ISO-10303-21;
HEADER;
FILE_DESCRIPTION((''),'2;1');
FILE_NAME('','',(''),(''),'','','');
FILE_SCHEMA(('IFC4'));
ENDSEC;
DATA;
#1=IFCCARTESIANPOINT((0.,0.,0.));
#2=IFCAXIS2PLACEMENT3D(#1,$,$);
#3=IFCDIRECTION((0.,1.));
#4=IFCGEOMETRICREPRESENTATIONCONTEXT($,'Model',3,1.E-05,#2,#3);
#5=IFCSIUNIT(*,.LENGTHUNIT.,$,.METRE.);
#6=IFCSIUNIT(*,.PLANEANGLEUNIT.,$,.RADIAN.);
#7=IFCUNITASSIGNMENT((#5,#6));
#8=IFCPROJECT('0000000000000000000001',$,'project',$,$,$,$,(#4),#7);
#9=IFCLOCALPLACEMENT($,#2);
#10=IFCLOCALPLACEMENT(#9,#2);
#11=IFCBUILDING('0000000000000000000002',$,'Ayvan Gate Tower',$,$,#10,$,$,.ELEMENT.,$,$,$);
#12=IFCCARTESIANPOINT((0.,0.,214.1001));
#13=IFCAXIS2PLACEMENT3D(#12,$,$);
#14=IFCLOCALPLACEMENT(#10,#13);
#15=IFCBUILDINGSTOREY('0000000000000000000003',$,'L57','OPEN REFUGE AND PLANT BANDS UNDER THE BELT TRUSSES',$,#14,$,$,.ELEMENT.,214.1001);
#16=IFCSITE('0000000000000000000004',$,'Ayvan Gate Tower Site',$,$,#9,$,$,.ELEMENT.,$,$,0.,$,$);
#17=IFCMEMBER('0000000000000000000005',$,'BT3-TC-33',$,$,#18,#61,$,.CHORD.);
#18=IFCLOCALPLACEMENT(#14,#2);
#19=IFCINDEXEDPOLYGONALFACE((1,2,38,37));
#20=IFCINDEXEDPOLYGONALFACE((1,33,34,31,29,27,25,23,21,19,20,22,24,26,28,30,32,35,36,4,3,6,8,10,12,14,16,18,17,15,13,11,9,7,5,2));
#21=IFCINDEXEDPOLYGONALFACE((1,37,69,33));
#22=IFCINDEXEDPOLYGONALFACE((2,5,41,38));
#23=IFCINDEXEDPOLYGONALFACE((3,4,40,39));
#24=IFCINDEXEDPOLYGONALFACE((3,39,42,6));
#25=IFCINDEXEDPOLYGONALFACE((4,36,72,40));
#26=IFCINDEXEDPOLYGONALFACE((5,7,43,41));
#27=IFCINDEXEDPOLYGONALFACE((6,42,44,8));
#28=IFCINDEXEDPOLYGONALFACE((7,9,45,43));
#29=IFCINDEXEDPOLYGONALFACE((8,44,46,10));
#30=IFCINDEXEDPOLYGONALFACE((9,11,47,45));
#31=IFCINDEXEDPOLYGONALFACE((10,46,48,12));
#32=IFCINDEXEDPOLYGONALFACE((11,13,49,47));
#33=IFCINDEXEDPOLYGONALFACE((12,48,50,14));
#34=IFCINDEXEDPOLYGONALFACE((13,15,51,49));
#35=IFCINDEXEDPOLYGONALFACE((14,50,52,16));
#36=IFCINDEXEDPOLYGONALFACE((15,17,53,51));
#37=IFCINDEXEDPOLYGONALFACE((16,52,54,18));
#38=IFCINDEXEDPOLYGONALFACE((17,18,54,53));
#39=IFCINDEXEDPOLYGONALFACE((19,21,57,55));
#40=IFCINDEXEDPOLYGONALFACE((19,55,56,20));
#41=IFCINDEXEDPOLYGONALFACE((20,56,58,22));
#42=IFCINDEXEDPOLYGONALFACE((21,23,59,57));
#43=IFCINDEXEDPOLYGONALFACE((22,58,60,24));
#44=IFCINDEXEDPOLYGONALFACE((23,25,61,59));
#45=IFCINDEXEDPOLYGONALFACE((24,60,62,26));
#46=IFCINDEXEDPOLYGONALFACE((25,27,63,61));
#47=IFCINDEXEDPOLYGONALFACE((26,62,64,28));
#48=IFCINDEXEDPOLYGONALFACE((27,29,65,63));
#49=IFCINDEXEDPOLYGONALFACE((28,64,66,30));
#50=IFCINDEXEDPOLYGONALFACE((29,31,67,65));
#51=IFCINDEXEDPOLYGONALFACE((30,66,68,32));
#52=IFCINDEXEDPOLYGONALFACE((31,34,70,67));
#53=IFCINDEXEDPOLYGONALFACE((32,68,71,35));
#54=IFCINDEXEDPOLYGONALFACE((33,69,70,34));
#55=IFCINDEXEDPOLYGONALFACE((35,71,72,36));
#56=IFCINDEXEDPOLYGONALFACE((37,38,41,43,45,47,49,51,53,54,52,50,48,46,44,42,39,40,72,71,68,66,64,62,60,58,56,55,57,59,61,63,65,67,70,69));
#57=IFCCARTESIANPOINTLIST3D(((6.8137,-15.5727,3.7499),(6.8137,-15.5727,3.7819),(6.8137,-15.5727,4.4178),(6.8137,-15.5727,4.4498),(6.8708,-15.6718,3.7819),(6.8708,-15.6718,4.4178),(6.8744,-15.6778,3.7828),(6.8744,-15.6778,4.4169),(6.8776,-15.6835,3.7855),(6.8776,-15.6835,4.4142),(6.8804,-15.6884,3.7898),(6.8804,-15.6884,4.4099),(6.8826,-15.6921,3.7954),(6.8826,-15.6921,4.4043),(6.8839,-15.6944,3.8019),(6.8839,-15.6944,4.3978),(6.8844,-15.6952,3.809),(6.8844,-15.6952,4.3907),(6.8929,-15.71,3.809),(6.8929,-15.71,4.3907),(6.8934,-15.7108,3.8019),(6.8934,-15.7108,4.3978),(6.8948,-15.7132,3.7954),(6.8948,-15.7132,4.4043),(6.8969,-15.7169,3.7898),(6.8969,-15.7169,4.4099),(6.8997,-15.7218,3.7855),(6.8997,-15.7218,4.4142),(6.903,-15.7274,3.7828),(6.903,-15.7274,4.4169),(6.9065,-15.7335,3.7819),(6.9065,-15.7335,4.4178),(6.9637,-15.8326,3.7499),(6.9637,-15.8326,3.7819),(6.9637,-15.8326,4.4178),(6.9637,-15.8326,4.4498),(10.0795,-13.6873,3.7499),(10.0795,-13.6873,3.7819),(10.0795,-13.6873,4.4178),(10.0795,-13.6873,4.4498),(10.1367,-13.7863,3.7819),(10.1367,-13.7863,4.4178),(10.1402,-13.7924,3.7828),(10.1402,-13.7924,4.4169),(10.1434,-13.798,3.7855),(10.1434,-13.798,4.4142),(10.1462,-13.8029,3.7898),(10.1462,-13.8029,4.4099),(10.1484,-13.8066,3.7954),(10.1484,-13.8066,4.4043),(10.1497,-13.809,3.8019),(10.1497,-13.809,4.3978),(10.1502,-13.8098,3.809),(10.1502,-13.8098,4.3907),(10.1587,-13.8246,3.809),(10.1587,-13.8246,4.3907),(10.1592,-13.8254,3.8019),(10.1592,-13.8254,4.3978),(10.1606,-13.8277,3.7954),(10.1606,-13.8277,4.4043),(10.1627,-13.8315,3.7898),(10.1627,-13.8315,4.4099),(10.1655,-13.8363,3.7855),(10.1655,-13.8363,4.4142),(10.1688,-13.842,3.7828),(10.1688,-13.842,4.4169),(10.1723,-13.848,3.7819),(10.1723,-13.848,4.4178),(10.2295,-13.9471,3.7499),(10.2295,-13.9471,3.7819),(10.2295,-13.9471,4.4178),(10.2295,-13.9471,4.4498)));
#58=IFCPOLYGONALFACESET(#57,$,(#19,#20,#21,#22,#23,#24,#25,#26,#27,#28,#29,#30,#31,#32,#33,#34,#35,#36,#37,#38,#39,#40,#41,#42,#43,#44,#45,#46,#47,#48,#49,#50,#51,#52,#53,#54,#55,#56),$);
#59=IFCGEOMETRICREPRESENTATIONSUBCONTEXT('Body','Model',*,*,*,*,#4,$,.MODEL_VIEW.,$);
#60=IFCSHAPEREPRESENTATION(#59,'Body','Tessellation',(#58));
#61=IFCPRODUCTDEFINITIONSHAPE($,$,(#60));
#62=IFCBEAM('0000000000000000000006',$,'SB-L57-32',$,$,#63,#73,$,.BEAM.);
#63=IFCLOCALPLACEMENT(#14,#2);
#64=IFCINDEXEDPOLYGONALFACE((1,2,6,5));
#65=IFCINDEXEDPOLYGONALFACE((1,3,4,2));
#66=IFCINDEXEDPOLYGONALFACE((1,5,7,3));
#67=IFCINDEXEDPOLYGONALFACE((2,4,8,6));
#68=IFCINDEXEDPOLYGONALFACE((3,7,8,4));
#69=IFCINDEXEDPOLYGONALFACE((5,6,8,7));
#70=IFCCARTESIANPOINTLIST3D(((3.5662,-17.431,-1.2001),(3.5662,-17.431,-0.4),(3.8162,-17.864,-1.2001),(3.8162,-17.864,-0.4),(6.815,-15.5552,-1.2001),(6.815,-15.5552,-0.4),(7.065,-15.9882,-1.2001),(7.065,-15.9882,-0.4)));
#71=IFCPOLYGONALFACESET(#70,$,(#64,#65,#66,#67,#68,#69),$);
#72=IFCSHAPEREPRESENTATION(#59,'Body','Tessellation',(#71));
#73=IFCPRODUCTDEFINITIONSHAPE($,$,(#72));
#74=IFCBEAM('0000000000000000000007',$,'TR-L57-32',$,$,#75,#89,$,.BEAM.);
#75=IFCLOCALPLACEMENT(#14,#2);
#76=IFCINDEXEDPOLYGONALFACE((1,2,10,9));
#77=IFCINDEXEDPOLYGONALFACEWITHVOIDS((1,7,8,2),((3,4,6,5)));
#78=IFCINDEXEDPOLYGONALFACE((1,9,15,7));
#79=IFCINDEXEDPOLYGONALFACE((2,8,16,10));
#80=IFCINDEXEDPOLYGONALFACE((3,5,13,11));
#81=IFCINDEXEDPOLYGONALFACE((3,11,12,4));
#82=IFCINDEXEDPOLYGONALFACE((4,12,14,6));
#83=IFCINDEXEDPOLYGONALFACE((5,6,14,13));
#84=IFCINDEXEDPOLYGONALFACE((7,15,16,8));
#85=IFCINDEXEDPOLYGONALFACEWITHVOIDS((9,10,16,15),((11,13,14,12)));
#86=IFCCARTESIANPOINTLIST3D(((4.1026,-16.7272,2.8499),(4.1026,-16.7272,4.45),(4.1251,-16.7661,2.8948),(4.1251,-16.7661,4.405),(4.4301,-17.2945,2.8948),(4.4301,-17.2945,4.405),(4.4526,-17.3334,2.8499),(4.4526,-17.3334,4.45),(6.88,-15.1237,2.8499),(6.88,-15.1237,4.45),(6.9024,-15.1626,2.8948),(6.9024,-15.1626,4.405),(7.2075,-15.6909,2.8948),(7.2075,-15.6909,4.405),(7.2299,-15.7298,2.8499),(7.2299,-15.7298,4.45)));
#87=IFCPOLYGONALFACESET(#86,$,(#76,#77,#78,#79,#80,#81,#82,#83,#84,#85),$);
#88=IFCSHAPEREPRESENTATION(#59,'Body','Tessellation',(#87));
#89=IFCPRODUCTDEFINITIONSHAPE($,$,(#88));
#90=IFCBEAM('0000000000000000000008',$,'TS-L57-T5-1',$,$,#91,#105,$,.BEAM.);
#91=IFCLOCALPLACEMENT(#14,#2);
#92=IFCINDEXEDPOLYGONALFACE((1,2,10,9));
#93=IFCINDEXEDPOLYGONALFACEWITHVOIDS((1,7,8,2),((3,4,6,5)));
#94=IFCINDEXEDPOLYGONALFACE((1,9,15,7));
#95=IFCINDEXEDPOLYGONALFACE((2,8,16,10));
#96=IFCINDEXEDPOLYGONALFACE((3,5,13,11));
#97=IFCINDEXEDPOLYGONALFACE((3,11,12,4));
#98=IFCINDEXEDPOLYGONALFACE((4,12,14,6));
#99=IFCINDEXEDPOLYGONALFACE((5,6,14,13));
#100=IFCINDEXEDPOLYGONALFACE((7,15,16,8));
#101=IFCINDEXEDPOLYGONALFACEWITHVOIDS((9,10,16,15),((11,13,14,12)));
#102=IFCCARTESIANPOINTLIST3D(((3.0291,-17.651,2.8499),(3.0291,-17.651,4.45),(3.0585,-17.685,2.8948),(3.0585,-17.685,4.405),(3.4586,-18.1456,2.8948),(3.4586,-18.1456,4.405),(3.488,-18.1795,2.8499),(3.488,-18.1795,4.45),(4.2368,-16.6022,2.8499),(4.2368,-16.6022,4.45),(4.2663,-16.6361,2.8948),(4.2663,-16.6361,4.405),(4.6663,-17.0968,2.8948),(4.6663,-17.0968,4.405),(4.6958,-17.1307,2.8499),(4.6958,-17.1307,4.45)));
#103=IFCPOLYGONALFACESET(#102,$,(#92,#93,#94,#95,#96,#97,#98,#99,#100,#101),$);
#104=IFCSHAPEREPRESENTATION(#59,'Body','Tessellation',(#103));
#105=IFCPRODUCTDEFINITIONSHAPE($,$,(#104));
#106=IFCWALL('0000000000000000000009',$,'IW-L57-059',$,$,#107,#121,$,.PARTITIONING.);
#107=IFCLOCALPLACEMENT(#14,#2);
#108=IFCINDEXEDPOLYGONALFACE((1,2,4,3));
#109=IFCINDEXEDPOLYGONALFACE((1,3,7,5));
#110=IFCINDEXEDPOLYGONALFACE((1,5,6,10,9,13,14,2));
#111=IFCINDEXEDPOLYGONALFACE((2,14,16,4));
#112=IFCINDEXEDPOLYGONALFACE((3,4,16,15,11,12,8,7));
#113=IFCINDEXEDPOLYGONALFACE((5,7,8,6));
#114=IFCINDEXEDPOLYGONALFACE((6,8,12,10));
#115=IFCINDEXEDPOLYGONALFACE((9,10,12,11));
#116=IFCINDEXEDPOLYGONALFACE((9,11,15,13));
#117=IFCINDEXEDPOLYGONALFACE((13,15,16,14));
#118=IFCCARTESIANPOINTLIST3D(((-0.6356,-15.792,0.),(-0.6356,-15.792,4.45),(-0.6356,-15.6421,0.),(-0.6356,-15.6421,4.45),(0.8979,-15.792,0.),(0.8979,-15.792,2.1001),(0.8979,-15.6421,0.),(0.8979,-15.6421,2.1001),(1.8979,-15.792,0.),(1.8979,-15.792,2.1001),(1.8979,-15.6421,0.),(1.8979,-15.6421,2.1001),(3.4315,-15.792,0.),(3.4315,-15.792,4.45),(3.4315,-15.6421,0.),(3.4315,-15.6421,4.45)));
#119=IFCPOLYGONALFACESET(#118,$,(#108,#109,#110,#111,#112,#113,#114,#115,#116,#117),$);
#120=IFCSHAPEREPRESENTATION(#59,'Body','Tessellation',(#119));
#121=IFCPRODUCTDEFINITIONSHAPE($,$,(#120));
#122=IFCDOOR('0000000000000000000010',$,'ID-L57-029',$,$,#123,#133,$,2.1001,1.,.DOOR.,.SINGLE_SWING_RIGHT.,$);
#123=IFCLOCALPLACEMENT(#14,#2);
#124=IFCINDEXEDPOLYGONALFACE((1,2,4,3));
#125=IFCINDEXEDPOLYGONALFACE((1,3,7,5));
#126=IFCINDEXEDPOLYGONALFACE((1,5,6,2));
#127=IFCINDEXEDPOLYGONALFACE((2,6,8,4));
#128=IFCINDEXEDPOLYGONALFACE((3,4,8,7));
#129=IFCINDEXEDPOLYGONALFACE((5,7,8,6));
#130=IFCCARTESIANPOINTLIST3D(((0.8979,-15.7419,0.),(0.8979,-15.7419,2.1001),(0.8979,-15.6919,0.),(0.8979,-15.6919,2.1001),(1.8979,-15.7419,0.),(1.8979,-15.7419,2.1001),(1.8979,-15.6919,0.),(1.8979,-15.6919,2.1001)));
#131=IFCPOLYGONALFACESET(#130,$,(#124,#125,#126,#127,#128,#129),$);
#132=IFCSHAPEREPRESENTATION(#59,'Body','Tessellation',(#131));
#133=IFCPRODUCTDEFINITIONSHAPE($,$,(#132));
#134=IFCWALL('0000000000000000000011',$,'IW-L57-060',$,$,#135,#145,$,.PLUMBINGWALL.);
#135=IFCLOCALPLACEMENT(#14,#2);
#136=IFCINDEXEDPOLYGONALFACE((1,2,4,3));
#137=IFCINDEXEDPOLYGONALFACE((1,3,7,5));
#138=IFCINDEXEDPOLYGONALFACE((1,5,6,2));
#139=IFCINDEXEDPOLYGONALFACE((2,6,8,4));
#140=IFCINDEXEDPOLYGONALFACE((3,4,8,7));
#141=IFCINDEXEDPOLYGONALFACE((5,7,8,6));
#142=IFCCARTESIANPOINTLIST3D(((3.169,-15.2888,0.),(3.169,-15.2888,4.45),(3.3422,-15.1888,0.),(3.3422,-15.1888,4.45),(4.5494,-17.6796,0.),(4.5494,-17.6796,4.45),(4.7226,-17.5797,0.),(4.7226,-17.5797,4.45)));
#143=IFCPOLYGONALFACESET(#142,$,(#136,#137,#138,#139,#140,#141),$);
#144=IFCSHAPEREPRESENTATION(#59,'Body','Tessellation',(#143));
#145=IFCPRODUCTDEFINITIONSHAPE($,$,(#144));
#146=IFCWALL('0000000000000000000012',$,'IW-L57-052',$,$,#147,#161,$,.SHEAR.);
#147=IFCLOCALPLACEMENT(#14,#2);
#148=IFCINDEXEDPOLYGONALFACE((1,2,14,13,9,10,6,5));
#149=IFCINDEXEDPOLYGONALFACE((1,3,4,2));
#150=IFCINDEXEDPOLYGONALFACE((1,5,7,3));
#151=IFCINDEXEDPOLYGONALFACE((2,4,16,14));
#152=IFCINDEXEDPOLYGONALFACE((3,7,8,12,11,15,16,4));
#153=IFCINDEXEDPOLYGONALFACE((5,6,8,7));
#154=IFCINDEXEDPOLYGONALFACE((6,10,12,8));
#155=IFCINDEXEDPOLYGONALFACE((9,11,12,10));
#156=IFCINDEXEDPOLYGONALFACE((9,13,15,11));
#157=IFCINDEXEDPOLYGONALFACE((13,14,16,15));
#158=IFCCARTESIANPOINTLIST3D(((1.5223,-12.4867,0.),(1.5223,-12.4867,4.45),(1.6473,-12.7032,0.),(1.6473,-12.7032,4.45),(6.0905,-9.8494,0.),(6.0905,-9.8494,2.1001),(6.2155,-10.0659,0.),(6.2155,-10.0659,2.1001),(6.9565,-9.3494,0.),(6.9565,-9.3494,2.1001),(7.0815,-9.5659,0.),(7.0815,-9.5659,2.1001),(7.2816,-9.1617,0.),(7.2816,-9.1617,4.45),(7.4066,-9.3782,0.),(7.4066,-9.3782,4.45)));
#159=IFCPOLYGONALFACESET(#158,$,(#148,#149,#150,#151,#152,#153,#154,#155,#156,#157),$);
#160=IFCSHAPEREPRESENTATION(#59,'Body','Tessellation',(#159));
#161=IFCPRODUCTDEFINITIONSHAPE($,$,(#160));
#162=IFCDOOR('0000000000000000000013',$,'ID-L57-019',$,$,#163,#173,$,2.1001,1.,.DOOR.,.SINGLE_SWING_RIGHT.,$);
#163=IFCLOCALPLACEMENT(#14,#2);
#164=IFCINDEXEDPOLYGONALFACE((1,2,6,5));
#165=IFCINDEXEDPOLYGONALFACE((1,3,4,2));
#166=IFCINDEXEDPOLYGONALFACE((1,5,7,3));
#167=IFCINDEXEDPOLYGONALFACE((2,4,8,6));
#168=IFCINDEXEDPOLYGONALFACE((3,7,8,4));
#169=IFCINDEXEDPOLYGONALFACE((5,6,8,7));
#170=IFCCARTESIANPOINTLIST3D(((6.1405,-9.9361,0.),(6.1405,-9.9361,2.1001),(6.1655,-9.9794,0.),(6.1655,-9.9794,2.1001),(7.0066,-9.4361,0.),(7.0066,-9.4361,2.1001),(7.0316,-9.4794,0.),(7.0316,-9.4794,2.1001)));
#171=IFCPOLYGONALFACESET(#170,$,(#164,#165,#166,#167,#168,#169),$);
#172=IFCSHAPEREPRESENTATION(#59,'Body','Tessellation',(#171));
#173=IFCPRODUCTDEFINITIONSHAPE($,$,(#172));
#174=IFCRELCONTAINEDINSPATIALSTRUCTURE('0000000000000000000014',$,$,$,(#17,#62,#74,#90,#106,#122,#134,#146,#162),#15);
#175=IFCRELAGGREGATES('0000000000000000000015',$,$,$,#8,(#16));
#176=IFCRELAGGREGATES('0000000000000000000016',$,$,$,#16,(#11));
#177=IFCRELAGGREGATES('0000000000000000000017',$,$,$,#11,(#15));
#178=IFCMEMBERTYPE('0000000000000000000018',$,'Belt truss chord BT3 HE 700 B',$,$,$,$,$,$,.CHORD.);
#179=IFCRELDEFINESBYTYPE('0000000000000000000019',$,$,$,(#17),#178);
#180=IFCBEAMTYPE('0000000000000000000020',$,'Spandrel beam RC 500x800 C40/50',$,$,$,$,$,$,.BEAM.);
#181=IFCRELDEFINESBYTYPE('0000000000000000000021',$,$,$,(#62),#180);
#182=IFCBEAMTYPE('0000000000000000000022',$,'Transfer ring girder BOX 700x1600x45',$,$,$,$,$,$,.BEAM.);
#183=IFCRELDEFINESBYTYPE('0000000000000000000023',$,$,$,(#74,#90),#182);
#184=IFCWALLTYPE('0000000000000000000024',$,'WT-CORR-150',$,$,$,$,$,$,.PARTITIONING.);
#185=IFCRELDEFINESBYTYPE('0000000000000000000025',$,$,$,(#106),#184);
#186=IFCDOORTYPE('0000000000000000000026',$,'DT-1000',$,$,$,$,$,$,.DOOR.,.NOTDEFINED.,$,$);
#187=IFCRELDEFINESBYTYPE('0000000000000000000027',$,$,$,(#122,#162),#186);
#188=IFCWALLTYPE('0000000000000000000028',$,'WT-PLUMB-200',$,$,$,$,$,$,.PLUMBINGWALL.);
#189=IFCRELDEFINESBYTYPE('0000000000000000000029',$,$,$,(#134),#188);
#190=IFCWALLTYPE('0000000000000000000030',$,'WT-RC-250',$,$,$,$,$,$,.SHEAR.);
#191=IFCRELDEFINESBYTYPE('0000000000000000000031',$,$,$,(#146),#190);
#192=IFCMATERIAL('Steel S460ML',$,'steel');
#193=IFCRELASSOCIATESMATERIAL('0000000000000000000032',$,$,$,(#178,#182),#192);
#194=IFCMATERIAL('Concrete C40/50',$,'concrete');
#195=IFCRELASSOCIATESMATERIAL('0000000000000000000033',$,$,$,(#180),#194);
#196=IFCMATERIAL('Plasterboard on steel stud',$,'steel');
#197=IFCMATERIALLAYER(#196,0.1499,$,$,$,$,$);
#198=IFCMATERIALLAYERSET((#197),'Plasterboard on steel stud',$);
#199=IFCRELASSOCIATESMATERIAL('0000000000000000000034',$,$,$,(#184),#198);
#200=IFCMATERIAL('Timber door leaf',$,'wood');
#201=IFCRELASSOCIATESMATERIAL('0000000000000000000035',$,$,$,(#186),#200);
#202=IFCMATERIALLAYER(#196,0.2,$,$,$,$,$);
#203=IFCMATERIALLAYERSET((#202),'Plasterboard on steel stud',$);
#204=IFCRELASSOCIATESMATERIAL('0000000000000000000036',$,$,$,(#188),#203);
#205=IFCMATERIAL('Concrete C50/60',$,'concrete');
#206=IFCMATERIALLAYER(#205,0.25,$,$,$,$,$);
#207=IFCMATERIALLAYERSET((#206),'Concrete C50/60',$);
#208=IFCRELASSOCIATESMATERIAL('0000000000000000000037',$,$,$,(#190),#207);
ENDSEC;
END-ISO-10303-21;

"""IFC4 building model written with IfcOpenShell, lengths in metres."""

from ifc_helpers import new_model, si_unit, direction, frame, frame_2d, origin, origin_2d, place, context, subcontext, project, spatial, rectangle, hollow_rectangle, i_section, extrude, material, layer, layer_set, material_profile, profile_set, type_object, element, fill, save


model = new_model("IFC4")

# Units and contexts
model_context = context("Model", 3, precision=1e-05, world=origin(), true_north=direction((0.0, 1.0)))
body_context = subcontext(model_context, "Body", "Model", "MODEL_VIEW")
ifc_project = project(units=[si_unit("LENGTHUNIT", "METRE"), si_unit("PLANEANGLEUNIT", "RADIAN")], contexts=[model_context])

# Site, building, storey
site_placement = place(None, origin())
site = spatial("IfcSite", under=ifc_project, at=site_placement, Name="Ayvan Gate Tower Site", CompositionType="ELEMENT", RefElevation=0.0)
building_placement = place(site_placement, origin())
building = spatial("IfcBuilding", under=site, at=building_placement, Name="Ayvan Gate Tower", CompositionType="ELEMENT")
storey_placement = place(building_placement, frame((0.0, 0.0, 214.1001)))
storey = spatial("IfcBuildingStorey", under=building, at=storey_placement, Name="L57", Description="OPEN REFUGE AND PLANT BANDS UNDER THE BELT TRUSSES", CompositionType="ELEMENT", Elevation=214.1001)

# Member
ifc_material_1 = material(Name="Steel S460ML", Category="steel")
ifc_material_profile_1 = material_profile(ifc_material_1, i_section(OverallWidth=0.3, OverallDepth=0.7, WebThickness=0.0171, FlangeThickness=0.032, FilletRadius=0.0271, at=origin_2d()), Name="HE 700 B")
ifc_profile_set_1 = profile_set([ifc_material_profile_1], Name="Steel S460ML")
member_type_1 = type_object("IfcMemberType", Name="Belt truss chord BT3 HE 700 B", PredefinedType="CHORD", material=ifc_profile_set_1)
member_1_placement = place(storey_placement, frame((6.8887, -15.7026, 4.0999), z_axis=(0.866031, 0.49999, 0.0), x_axis=(-0.49999, 0.866031, 0.0)))
element("IfcMember", 1, at=member_1_placement, inside=storey, type_object=member_type_1, Name="BT3-TC-33", PredefinedType="CHORD", context=body_context, shape_type="SweptSolid", body=[
    extrude(i_section(OverallWidth=0.3, OverallDepth=0.7, WebThickness=0.0171, FlangeThickness=0.032, FilletRadius=0.0271, at=origin_2d()), origin(), (0.0, 0.0, 1.0), 3.771),
])

# Beams
ifc_material_2 = material(Name="Concrete C40/50", Category="concrete")
ifc_material_profile_2 = material_profile(ifc_material_2, rectangle(XDim=0.5, YDim=0.8, at=origin_2d()), Name="RC 500x800")
ifc_profile_set_2 = profile_set([ifc_material_profile_2], Name="Concrete C40/50")
beam_type_1 = type_object("IfcBeamType", Name="Spandrel beam RC 500x800 C40/50", PredefinedType="BEAM", material=ifc_profile_set_2)
beam_1_placement = place(storey_placement, frame((3.6912, -17.6475, -0.8), z_axis=(0.86602, 0.50001, 0.0), x_axis=(-0.50001, 0.86602, 0.0)))
element("IfcBeam", 2, at=beam_1_placement, inside=storey, type_object=beam_type_1, Name="SB-L57-32", PredefinedType="BEAM", context=body_context, shape_type="SweptSolid", body=[
    extrude(rectangle(XDim=0.5, YDim=0.8, at=origin_2d()), origin(), (0.0, 0.0, 1.0), 3.7515),
])
ifc_material_profile_3 = material_profile(ifc_material_1, hollow_rectangle(XDim=0.7, YDim=1.6001, WallThickness=0.0449, at=origin_2d()), Name="BOX 700x1600x45")
ifc_profile_set_3 = profile_set([ifc_material_profile_3], Name="Steel S460ML")
beam_type_2 = type_object("IfcBeamType", Name="Transfer ring girder BOX 700x1600x45", PredefinedType="BEAM", material=ifc_profile_set_3)
beam_2_placement = place(storey_placement, frame((4.2776, -17.0303, 3.6499), z_axis=(0.866023, 0.500004, 0.0), x_axis=(-0.500004, 0.866023, 0.0)))
element("IfcBeam", 3, at=beam_2_placement, inside=storey, type_object=beam_type_2, Name="TR-L57-32", PredefinedType="BEAM", context=body_context, shape_type="SweptSolid", body=[
    extrude(hollow_rectangle(XDim=0.7, YDim=1.6001, WallThickness=0.0449, at=origin_2d()), origin(), (0.0, 0.0, 1.0), 3.207),
])
beam_3_placement = place(storey_placement, frame((3.2585, -17.9153, 3.6499), z_axis=(0.755039, 0.65568, 0.0), x_axis=(-0.65568, 0.755039, 0.0)))
element("IfcBeam", 4, at=beam_3_placement, inside=storey, type_object=beam_type_2, Name="TS-L57-T5-1", PredefinedType="BEAM", context=body_context, shape_type="SweptSolid", body=[
    extrude(hollow_rectangle(XDim=0.7, YDim=1.6001, WallThickness=0.0449, at=origin_2d()), origin(), (0.0, 0.0, 1.0), 1.5996),
])

# Wall, opening, door
ifc_material_3 = material(Name="Plasterboard on steel stud", Category="steel")
ifc_layer_1 = layer(ifc_material_3, 0.1499)
ifc_layer_set_1 = layer_set([ifc_layer_1], Name="Plasterboard on steel stud")
wall_type_1 = type_object("IfcWallType", Name="WT-CORR-150", PredefinedType="PARTITIONING", material=ifc_layer_set_1)
wall_1_placement = place(storey_placement, frame((3.4316, -15.717, 0.0), z_axis=(0.0, 0.0, 1.0), x_axis=(-1.0, 0.0, 0.0)))
wall_1 = element("IfcWall", 5, at=wall_1_placement, inside=storey, type_object=wall_type_1, Name="IW-L57-059", PredefinedType="PARTITIONING", context=body_context, shape_type="SweptSolid", body=[
    extrude(rectangle(XDim=4.0671, YDim=0.1499, at=frame_2d((2.0337, 0.0))), origin(), (0.0, 0.0, 1.0), 4.45),
])
opening_1_placement = place(wall_1_placement, frame((1.5337, 0.0, 0.0)))
opening_1 = element("IfcOpeningElement", 6, at=opening_1_placement, cuts=wall_1, PredefinedType="OPENING", context=body_context, shape_type="SweptSolid", body=[
    extrude(rectangle(XDim=1.0, YDim=2.1001, at=frame_2d((0.5, 1.05))), frame((0.0, 0.085, 0.0), z_axis=(0.0, -1.0, 0.0), x_axis=(1.0, 0.0, 0.0)), (0.0, 0.0, 1.0), 0.1699),
])
ifc_material_4 = material(Name="Timber door leaf", Category="wood")
door_type = type_object("IfcDoorType", Name="DT-1000", OperationType="NOTDEFINED", PredefinedType="DOOR", material=ifc_material_4)
door_1_placement = place(opening_1_placement, origin())
door_1 = element("IfcDoor", 7, at=door_1_placement, inside=storey, type_object=door_type, Name="ID-L57-029", OperationType="SINGLE_SWING_RIGHT", OverallHeight=2.1001, OverallWidth=1.0, PredefinedType="DOOR", context=body_context, shape_type="SweptSolid", body=[
    extrude(rectangle(XDim=1.0, YDim=2.1001, at=frame_2d((0.5, 1.05))), frame((0.0, 0.0249, 0.0), z_axis=(0.0, -1.0, 0.0), x_axis=(1.0, 0.0, 0.0)), (0.0, 0.0, 1.0), 0.05),
])
fill(opening_1, door_1)

# Wall
ifc_layer_2 = layer(ifc_material_3, 0.2)
ifc_layer_set_2 = layer_set([ifc_layer_2], Name="Plasterboard on steel stud")
wall_type_2 = type_object("IfcWallType", Name="WT-PLUMB-200", PredefinedType="PLUMBINGWALL", material=ifc_layer_set_2)
wall_2_placement = place(storey_placement, frame((3.2556, -15.2388, 0.0), z_axis=(0.0, 0.0, 1.0), x_axis=(0.500001, -0.866025, 0.0)))
element("IfcWall", 8, at=wall_2_placement, inside=storey, type_object=wall_type_2, Name="IW-L57-060", PredefinedType="PLUMBINGWALL", context=body_context, shape_type="SweptSolid", body=[
    extrude(rectangle(XDim=2.7607, YDim=0.2, at=frame_2d((1.3804, 0.0))), origin(), (0.0, 0.0, 1.0), 4.45),
])

# Wall, opening, door
ifc_material_5 = material(Name="Concrete C50/60", Category="concrete")
ifc_layer_3 = layer(ifc_material_5, 0.25)
ifc_layer_set_3 = layer_set([ifc_layer_3], Name="Concrete C50/60")
wall_type_3 = type_object("IfcWallType", Name="WT-RC-250", PredefinedType="SHEAR", material=ifc_layer_set_3)
wall_3_placement = place(storey_placement, frame((1.5847, -12.595, 0.0), z_axis=(0.0, 0.0, 1.0), x_axis=(0.866036, 0.499981, 0.0)))
wall_3 = element("IfcWall", 9, at=wall_3_placement, inside=storey, type_object=wall_type_3, Name="IW-L57-052", PredefinedType="SHEAR", context=body_context, shape_type="SweptSolid", body=[
    extrude(rectangle(XDim=6.6501, YDim=0.25, at=frame_2d((3.3252, 0.0))), origin(), (0.0, 0.0, 1.0), 4.45),
])
opening_2_placement = place(wall_3_placement, frame((5.2749, 0.0, 0.0)))
opening_2 = element("IfcOpeningElement", 10, at=opening_2_placement, cuts=wall_3, PredefinedType="OPENING", context=body_context, shape_type="SweptSolid", body=[
    extrude(rectangle(XDim=1.0, YDim=2.1001, at=frame_2d((0.5, 1.05))), frame((0.0, 0.135, 0.0), z_axis=(0.0, -1.0, 0.0), x_axis=(1.0, 0.0, 0.0)), (0.0, 0.0, 1.0), 0.27),
])
door_2_placement = place(opening_2_placement, origin())
door_2 = element("IfcDoor", 11, at=door_2_placement, inside=storey, type_object=door_type, Name="ID-L57-019", OperationType="SINGLE_SWING_RIGHT", OverallHeight=2.1001, OverallWidth=1.0, PredefinedType="DOOR", context=body_context, shape_type="SweptSolid", body=[
    extrude(rectangle(XDim=1.0, YDim=2.1001, at=frame_2d((0.5, 1.05))), frame((0.0, 0.0249, 0.0), z_axis=(0.0, -1.0, 0.0), x_axis=(1.0, 0.0, 0.0)), (0.0, 0.0, 1.0), 0.05),
])
fill(opening_2, door_2)

save(model, "model.ifc")
